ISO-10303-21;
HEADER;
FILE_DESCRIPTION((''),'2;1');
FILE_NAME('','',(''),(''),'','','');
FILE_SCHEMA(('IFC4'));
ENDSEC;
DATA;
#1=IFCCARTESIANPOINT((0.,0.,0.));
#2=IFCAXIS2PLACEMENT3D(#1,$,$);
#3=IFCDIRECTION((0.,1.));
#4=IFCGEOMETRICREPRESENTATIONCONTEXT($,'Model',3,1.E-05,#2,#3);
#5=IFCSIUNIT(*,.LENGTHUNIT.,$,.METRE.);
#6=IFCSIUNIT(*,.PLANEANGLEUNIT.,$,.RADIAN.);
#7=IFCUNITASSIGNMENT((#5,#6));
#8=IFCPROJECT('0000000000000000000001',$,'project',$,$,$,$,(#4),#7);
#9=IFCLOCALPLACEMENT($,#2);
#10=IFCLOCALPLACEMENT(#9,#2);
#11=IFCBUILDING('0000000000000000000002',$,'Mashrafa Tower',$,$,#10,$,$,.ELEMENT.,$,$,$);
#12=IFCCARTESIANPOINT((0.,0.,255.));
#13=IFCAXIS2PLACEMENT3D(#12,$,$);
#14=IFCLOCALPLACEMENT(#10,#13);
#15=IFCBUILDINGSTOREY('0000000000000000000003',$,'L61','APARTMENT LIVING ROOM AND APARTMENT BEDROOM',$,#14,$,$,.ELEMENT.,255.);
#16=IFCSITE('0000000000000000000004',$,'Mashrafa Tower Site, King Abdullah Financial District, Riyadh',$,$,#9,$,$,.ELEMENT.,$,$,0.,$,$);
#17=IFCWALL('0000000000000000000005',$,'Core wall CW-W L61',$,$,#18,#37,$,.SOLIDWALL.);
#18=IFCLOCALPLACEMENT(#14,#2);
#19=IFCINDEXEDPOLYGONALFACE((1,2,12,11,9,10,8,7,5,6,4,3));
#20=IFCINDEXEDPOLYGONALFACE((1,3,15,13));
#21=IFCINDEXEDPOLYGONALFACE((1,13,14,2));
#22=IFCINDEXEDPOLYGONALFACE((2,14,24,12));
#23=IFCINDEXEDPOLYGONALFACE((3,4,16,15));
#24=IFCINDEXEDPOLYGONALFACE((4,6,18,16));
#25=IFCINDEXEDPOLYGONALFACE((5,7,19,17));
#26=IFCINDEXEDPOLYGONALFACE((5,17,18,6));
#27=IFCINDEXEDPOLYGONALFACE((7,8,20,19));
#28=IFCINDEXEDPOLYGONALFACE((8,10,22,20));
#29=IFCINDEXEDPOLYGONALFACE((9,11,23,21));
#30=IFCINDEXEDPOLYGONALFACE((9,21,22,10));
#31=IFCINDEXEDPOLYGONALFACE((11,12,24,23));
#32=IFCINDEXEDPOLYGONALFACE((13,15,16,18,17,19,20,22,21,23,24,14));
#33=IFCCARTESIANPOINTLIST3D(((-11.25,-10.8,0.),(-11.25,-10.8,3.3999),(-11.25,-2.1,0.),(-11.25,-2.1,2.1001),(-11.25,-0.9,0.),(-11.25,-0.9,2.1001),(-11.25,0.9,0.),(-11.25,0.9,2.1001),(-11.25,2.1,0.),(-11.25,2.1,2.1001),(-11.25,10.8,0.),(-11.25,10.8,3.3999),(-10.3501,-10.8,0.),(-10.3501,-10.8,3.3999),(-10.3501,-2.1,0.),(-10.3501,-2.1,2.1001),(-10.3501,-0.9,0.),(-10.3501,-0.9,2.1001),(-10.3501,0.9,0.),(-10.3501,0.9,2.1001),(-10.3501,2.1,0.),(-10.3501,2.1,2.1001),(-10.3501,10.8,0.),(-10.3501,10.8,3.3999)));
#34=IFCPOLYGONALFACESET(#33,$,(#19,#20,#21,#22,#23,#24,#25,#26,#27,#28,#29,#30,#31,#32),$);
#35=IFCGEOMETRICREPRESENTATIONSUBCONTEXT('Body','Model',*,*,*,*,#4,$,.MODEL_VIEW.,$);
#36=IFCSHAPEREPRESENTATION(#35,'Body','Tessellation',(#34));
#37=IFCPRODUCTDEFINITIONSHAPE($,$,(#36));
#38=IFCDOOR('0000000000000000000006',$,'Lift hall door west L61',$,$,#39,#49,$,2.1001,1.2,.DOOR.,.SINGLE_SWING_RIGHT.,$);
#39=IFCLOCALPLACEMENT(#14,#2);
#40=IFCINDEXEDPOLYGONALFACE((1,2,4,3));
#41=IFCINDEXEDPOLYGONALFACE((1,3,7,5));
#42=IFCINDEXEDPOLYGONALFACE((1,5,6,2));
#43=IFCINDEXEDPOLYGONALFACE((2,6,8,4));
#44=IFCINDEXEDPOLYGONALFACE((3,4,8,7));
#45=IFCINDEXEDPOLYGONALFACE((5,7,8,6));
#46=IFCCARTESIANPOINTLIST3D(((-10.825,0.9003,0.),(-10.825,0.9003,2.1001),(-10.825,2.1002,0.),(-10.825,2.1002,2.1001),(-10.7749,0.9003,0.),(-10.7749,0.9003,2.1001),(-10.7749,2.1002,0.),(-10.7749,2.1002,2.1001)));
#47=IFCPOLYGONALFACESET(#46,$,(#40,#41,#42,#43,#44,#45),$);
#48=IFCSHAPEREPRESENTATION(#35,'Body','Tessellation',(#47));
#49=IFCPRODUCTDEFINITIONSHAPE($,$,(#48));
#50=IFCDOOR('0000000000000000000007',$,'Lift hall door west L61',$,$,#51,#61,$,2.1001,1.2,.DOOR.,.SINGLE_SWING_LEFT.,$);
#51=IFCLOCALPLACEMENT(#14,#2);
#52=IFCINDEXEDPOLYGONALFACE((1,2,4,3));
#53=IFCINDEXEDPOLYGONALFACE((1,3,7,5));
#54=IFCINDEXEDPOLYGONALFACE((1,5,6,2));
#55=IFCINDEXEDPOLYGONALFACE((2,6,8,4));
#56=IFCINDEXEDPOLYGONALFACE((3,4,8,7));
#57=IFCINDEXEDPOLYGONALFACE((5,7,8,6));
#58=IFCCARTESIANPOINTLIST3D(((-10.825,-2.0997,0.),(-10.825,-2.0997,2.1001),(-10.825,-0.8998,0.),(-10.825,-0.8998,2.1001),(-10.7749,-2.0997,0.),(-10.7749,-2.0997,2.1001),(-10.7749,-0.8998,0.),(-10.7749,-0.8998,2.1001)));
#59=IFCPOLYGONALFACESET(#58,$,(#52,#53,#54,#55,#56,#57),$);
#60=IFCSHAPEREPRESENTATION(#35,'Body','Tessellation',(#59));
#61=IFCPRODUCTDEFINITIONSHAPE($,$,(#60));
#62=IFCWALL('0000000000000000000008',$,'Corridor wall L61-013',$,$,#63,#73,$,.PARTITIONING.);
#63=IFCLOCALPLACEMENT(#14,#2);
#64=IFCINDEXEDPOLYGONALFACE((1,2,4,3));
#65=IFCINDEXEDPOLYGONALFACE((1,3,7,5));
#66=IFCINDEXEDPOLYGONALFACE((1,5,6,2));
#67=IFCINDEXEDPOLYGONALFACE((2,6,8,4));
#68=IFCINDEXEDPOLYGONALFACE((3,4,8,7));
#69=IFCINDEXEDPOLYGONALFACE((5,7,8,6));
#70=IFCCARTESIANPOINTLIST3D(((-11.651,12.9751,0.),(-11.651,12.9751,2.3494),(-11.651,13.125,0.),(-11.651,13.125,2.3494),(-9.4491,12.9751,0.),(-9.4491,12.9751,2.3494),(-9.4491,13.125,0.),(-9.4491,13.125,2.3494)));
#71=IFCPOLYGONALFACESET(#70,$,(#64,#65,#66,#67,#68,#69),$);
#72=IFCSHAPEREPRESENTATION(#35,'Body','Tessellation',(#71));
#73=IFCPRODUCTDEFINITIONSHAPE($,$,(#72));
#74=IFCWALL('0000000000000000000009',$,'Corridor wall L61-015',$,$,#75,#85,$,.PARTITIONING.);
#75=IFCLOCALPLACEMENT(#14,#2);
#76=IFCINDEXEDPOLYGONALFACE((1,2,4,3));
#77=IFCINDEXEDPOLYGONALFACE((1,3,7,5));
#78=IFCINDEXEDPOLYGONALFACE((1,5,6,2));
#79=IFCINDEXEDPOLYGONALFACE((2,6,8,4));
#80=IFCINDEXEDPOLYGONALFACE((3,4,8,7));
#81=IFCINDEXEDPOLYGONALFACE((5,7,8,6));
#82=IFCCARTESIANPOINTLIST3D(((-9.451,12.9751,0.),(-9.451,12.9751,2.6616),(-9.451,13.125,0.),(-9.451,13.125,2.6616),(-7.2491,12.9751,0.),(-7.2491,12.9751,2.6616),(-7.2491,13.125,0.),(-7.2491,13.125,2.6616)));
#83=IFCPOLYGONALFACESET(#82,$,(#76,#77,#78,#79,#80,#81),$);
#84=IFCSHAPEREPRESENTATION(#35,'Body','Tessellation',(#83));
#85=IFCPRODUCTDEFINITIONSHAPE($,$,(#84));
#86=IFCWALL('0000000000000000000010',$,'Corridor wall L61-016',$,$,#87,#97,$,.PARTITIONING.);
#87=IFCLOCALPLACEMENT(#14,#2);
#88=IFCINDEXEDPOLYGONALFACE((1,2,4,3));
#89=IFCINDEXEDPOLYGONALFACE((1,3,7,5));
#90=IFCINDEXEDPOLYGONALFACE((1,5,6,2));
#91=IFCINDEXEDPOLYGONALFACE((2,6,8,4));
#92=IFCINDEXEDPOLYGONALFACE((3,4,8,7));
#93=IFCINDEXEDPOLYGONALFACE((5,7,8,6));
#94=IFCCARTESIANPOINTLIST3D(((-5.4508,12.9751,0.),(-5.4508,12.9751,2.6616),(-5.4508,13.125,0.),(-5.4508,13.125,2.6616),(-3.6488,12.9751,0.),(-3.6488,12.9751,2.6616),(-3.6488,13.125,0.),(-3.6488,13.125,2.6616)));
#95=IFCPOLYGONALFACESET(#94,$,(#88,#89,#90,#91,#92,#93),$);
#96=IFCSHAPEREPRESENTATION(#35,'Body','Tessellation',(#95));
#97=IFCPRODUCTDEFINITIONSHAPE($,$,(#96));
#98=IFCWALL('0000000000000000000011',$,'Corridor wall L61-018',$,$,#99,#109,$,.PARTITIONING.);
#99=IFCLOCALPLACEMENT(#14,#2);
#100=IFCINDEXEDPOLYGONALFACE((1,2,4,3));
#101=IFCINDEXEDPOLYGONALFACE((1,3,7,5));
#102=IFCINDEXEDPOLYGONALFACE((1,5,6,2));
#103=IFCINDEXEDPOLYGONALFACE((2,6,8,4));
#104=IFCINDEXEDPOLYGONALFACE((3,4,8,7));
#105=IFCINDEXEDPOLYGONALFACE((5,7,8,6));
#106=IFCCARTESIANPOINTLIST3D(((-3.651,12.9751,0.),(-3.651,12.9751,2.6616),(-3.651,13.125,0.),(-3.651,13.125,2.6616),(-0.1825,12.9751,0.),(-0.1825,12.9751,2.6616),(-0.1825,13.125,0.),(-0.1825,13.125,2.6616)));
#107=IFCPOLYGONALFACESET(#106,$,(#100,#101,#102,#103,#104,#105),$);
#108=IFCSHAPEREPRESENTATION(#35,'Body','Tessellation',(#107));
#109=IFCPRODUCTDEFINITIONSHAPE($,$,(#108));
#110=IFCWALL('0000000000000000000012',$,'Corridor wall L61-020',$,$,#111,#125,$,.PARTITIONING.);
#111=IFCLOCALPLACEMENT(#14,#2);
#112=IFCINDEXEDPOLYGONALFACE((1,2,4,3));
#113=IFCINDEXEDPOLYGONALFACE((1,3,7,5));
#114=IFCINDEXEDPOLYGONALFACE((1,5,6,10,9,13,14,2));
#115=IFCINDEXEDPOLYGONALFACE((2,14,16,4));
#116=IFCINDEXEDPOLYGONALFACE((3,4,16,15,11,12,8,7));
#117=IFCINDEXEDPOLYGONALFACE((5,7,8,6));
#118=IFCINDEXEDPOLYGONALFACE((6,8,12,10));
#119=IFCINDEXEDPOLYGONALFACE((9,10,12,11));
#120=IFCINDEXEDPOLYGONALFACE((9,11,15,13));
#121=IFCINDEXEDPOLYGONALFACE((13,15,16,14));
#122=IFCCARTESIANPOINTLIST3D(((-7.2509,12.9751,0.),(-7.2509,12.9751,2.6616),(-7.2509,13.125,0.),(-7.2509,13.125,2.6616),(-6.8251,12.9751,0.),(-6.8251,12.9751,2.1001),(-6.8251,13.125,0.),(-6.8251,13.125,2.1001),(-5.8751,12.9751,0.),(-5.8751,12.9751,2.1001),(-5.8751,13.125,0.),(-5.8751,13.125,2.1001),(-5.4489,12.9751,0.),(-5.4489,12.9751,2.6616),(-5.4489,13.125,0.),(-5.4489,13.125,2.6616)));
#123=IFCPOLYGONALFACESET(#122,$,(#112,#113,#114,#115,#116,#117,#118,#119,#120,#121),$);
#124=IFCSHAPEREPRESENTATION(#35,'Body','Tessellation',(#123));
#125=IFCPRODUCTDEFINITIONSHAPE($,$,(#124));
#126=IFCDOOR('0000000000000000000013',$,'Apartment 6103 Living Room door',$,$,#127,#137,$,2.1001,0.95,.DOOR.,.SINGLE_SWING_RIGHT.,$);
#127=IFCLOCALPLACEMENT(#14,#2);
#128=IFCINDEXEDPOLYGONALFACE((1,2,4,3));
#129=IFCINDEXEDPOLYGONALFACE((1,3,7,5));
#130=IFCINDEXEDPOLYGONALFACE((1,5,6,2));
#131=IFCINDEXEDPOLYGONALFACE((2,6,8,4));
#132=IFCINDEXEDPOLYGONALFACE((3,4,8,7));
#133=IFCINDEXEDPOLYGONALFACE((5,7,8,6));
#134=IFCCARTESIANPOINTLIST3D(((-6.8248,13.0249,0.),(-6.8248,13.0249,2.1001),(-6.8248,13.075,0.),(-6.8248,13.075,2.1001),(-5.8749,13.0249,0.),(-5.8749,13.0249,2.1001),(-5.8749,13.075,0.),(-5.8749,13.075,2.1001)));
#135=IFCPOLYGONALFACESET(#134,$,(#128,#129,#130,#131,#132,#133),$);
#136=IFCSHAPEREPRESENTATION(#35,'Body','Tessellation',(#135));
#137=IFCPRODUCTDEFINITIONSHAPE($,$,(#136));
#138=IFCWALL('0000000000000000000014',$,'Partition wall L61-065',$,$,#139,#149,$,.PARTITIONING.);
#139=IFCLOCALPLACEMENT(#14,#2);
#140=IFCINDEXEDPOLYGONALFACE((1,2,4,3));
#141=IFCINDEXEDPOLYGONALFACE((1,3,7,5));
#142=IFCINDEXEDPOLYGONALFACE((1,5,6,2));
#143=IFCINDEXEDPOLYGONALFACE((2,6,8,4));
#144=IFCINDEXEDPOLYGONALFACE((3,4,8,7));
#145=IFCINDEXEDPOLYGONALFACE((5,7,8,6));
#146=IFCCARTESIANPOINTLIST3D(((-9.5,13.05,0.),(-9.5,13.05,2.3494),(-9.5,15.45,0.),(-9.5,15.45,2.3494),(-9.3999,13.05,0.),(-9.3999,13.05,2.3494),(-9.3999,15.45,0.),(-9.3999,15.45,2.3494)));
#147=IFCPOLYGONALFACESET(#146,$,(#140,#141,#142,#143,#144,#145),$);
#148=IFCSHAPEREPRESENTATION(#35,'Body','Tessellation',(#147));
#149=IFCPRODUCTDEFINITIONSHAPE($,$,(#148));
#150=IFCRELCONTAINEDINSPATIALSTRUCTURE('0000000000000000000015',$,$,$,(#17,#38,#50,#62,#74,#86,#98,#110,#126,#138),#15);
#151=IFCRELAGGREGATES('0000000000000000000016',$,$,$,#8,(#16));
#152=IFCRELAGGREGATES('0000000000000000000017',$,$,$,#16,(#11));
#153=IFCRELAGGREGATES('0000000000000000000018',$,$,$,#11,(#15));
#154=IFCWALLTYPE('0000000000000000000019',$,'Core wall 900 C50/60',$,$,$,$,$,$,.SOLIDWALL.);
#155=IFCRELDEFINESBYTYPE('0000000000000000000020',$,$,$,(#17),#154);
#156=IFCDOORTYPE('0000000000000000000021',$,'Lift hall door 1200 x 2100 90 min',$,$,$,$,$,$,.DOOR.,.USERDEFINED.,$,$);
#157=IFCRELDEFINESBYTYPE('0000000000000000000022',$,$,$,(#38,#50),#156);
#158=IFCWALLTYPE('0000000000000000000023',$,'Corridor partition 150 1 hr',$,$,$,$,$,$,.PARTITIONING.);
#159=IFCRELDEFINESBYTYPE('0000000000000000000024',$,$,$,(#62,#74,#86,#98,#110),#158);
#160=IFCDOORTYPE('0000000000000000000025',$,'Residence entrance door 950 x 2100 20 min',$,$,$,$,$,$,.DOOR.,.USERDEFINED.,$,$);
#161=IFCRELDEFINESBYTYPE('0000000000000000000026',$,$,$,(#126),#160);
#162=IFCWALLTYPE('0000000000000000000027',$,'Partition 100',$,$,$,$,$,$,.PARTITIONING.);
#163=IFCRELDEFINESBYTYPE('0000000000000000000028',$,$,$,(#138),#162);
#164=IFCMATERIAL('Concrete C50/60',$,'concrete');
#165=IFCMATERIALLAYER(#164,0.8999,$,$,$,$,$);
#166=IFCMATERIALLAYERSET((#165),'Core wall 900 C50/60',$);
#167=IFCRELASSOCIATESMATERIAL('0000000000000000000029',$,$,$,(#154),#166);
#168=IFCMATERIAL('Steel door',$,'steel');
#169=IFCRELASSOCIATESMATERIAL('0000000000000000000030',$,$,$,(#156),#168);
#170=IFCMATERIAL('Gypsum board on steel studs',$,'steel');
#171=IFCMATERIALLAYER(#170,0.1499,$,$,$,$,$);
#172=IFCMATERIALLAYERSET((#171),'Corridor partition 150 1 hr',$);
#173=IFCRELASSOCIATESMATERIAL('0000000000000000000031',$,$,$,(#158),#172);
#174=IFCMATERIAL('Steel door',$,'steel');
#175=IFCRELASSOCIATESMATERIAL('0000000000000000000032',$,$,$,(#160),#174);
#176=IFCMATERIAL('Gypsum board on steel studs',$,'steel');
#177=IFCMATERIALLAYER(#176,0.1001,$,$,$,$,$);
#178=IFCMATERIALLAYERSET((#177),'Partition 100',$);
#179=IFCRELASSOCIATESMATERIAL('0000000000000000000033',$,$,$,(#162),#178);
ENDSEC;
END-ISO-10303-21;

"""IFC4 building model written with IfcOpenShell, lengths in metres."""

from ifc_helpers import new_model, si_unit, direction, frame, frame_2d, origin, place, context, subcontext, project, spatial, rectangle, extrude, material, layer, layer_set, type_object, element, fill, save


model = new_model("IFC4")

# Units and contexts
model_context = context("Model", 3, precision=1e-05, world=origin(), true_north=direction((0.0, 1.0)))
body_context = subcontext(model_context, "Body", "Model", "MODEL_VIEW")
ifc_project = project(units=[si_unit("LENGTHUNIT", "METRE"), si_unit("PLANEANGLEUNIT", "RADIAN")], contexts=[model_context])

# Site, building, storey
site_placement = place(None, origin())
site = spatial("IfcSite", under=ifc_project, at=site_placement, Name="Mashrafa Tower Site, King Abdullah Financial District, Riyadh", CompositionType="ELEMENT", RefElevation=0.0)
building_placement = place(site_placement, origin())
building = spatial("IfcBuilding", under=site, at=building_placement, Name="Mashrafa Tower", CompositionType="ELEMENT")
storey_placement = place(building_placement, frame((0.0, 0.0, 255.0)))
storey = spatial("IfcBuildingStorey", under=building, at=storey_placement, Name="L61", Description="APARTMENT LIVING ROOM AND APARTMENT BEDROOM", CompositionType="ELEMENT", Elevation=255.0)

# Wall, openings, doors
ifc_material_1 = material(Name="Concrete C50/60", Category="concrete")
ifc_layer_1 = layer(ifc_material_1, 0.8999)
ifc_layer_set_1 = layer_set([ifc_layer_1], Name="Core wall 900 C50/60")
wall_type_1 = type_object("IfcWallType", Name="Core wall 900 C50/60", PredefinedType="SOLIDWALL", material=ifc_layer_set_1)
wall_1_placement = place(storey_placement, frame((-10.8, 10.8, 0.0), z_axis=(0.0, 0.0, 1.0), x_axis=(0.0, -1.0, 0.0)))
wall_1 = element("IfcWall", 1, at=wall_1_placement, inside=storey, type_object=wall_type_1, Name="Core wall CW-W L61", PredefinedType="SOLIDWALL", context=body_context, shape_type="SweptSolid", body=[
    extrude(rectangle(XDim=21.6001, YDim=0.8999, at=frame_2d((10.8, 0.0))), origin(), (0.0, 0.0, 1.0), 3.3999),
])
opening_1_placement = place(wall_1_placement, frame((8.7, 0.0, 0.0)))
opening_1 = element("IfcOpeningElement", 2, at=opening_1_placement, cuts=wall_1, PredefinedType="OPENING", context=body_context, shape_type="SweptSolid", body=[
    extrude(rectangle(XDim=1.2, YDim=2.1001, at=frame_2d((0.6001, 1.05))), frame((0.0, 0.46, 0.0), z_axis=(0.0, -1.0, 0.0), x_axis=(1.0, 0.0, 0.0)), (0.0, 0.0, 1.0), 0.9199),
])
opening_2_placement = place(wall_1_placement, frame((11.7, 0.0, 0.0)))
opening_2 = element("IfcOpeningElement", 3, at=opening_2_placement, cuts=wall_1, PredefinedType="OPENING", context=body_context, shape_type="SweptSolid", body=[
    extrude(rectangle(XDim=1.2, YDim=2.1001, at=frame_2d((0.6001, 1.05))), frame((0.0, 0.46, 0.0), z_axis=(0.0, -1.0, 0.0), x_axis=(1.0, 0.0, 0.0)), (0.0, 0.0, 1.0), 0.9199),
])
ifc_material_2 = material(Name="Steel door", Category="steel")
door_type_1 = type_object("IfcDoorType", Name="Lift hall door 1200 x 2100 90 min", OperationType="USERDEFINED", PredefinedType="DOOR", material=ifc_material_2)
door_1_placement = place(opening_1_placement, frame((1.2, 0.0, 0.0), z_axis=(0.0, 0.0, 1.0), x_axis=(-1.0, 0.0, 0.0)))
door_1 = element("IfcDoor", 4, at=door_1_placement, inside=storey, type_object=door_type_1, Name="Lift hall door west L61", OperationType="SINGLE_SWING_RIGHT", OverallHeight=2.1001, OverallWidth=1.2, PredefinedType="DOOR", context=body_context, shape_type="SweptSolid", body=[
    extrude(rectangle(XDim=1.2, YDim=2.1001, at=frame_2d((0.6001, 1.05))), frame((0.0, 0.0249, 0.0), z_axis=(0.0, -1.0, 0.0), x_axis=(1.0, 0.0, 0.0)), (0.0, 0.0, 1.0), 0.05),
])
fill(opening_1, door_1)
door_2_placement = place(opening_2_placement, frame((1.2, 0.0, 0.0), z_axis=(0.0, 0.0, 1.0), x_axis=(-1.0, 0.0, 0.0)))
door_2 = element("IfcDoor", 5, at=door_2_placement, inside=storey, type_object=door_type_1, Name="Lift hall door west L61", OperationType="SINGLE_SWING_LEFT", OverallHeight=2.1001, OverallWidth=1.2, PredefinedType="DOOR", context=body_context, shape_type="SweptSolid", body=[
    extrude(rectangle(XDim=1.2, YDim=2.1001, at=frame_2d((0.6001, 1.05))), frame((0.0, 0.0249, 0.0), z_axis=(0.0, -1.0, 0.0), x_axis=(1.0, 0.0, 0.0)), (0.0, 0.0, 1.0), 0.05),
])
fill(opening_2, door_2)

# Walls
ifc_material_3 = material(Name="Gypsum board on steel studs", Category="steel")
ifc_layer_2 = layer(ifc_material_3, 0.1499)
ifc_layer_set_2 = layer_set([ifc_layer_2], Name="Corridor partition 150 1 hr")
wall_type_2 = type_object("IfcWallType", Name="Corridor partition 150 1 hr", PredefinedType="PARTITIONING", material=ifc_layer_set_2)
wall_2_placement = place(storey_placement, frame((-9.449, 13.05, 0.0), z_axis=(0.0, 0.0, 1.0), x_axis=(-1.0, 0.0, 0.0)))
element("IfcWall", 6, at=wall_2_placement, inside=storey, type_object=wall_type_2, Name="Corridor wall L61-013", PredefinedType="PARTITIONING", context=body_context, shape_type="SweptSolid", body=[
    extrude(rectangle(XDim=2.2019, YDim=0.1499, at=frame_2d((1.1011, 0.0))), origin(), (0.0, 0.0, 1.0), 2.3494),
])
wall_3_placement = place(storey_placement, frame((-7.249, 13.05, 0.0), z_axis=(0.0, 0.0, 1.0), x_axis=(-1.0, 0.0, 0.0)))
element("IfcWall", 7, at=wall_3_placement, inside=storey, type_object=wall_type_2, Name="Corridor wall L61-015", PredefinedType="PARTITIONING", context=body_context, shape_type="SweptSolid", body=[
    extrude(rectangle(XDim=2.2019, YDim=0.1499, at=frame_2d((1.1011, 0.0))), origin(), (0.0, 0.0, 1.0), 2.6616),
])
wall_4_placement = place(storey_placement, frame((-3.6489, 13.05, 0.0), z_axis=(0.0, 0.0, 1.0), x_axis=(-1.0, 0.0, 0.0)))
element("IfcWall", 8, at=wall_4_placement, inside=storey, type_object=wall_type_2, Name="Corridor wall L61-016", PredefinedType="PARTITIONING", context=body_context, shape_type="SweptSolid", body=[
    extrude(rectangle(XDim=1.802, YDim=0.1499, at=frame_2d((0.9009, 0.0))), origin(), (0.0, 0.0, 1.0), 2.6616),
])
wall_5_placement = place(storey_placement, frame((-0.1824, 13.05, 0.0), z_axis=(0.0, 0.0, 1.0), x_axis=(-1.0, 0.0, 0.0)))
element("IfcWall", 9, at=wall_5_placement, inside=storey, type_object=wall_type_2, Name="Corridor wall L61-018", PredefinedType="PARTITIONING", context=body_context, shape_type="SweptSolid", body=[
    extrude(rectangle(XDim=3.4685, YDim=0.1499, at=frame_2d((1.7344, 0.0))), origin(), (0.0, 0.0, 1.0), 2.6616),
])

# Wall, opening, door
wall_6_placement = place(storey_placement, frame((-5.449, 13.05, 0.0), z_axis=(0.0, 0.0, 1.0), x_axis=(-1.0, 0.0, 0.0)))
wall_6 = element("IfcWall", 10, at=wall_6_placement, inside=storey, type_object=wall_type_2, Name="Corridor wall L61-020", PredefinedType="PARTITIONING", context=body_context, shape_type="SweptSolid", body=[
    extrude(rectangle(XDim=1.802, YDim=0.1499, at=frame_2d((0.9009, 0.0))), origin(), (0.0, 0.0, 1.0), 2.6616),
])
opening_3_placement = place(wall_6_placement, frame((0.426, 0.0, 0.0)))
opening_3 = element("IfcOpeningElement", 11, at=opening_3_placement, cuts=wall_6, PredefinedType="OPENING", context=body_context, shape_type="SweptSolid", body=[
    extrude(rectangle(XDim=0.95, YDim=2.1001, at=frame_2d((0.4751, 1.05))), frame((0.0, 0.085, 0.0), z_axis=(0.0, -1.0, 0.0), x_axis=(1.0, 0.0, 0.0)), (0.0, 0.0, 1.0), 0.1699),
])
ifc_material_4 = material(Name="Steel door", Category="steel")
door_type_2 = type_object("IfcDoorType", Name="Residence entrance door 950 x 2100 20 min", OperationType="USERDEFINED", PredefinedType="DOOR", material=ifc_material_4)
door_3_placement = place(opening_3_placement, frame((0.95, 0.0, 0.0), z_axis=(0.0, 0.0, 1.0), x_axis=(-1.0, 0.0, 0.0)))
door_3 = element("IfcDoor", 12, at=door_3_placement, inside=storey, type_object=door_type_2, Name="Apartment 6103 Living Room door", OperationType="SINGLE_SWING_RIGHT", OverallHeight=2.1001, OverallWidth=0.95, PredefinedType="DOOR", context=body_context, shape_type="SweptSolid", body=[
    extrude(rectangle(XDim=0.95, YDim=2.1001, at=frame_2d((0.4751, 1.05))), frame((0.0, 0.0249, 0.0), z_axis=(0.0, -1.0, 0.0), x_axis=(1.0, 0.0, 0.0)), (0.0, 0.0, 1.0), 0.05),
])
fill(opening_3, door_3)

# Wall
ifc_material_5 = material(Name="Gypsum board on steel studs", Category="steel")
ifc_layer_3 = layer(ifc_material_5, 0.1001)
ifc_layer_set_3 = layer_set([ifc_layer_3], Name="Partition 100")
wall_type_3 = type_object("IfcWallType", Name="Partition 100", PredefinedType="PARTITIONING", material=ifc_layer_set_3)
wall_7_placement = place(storey_placement, frame((-9.45, 13.05, 0.0), z_axis=(0.0, 0.0, 1.0), x_axis=(0.0, 1.0, 0.0)))
element("IfcWall", 13, at=wall_7_placement, inside=storey, type_object=wall_type_3, Name="Partition wall L61-065", PredefinedType="PARTITIONING", context=body_context, shape_type="SweptSolid", body=[
    extrude(rectangle(XDim=2.3999, YDim=0.1001, at=frame_2d((1.2, 0.0))), origin(), (0.0, 0.0, 1.0), 2.3494),
])

save(model, "model.ifc")
